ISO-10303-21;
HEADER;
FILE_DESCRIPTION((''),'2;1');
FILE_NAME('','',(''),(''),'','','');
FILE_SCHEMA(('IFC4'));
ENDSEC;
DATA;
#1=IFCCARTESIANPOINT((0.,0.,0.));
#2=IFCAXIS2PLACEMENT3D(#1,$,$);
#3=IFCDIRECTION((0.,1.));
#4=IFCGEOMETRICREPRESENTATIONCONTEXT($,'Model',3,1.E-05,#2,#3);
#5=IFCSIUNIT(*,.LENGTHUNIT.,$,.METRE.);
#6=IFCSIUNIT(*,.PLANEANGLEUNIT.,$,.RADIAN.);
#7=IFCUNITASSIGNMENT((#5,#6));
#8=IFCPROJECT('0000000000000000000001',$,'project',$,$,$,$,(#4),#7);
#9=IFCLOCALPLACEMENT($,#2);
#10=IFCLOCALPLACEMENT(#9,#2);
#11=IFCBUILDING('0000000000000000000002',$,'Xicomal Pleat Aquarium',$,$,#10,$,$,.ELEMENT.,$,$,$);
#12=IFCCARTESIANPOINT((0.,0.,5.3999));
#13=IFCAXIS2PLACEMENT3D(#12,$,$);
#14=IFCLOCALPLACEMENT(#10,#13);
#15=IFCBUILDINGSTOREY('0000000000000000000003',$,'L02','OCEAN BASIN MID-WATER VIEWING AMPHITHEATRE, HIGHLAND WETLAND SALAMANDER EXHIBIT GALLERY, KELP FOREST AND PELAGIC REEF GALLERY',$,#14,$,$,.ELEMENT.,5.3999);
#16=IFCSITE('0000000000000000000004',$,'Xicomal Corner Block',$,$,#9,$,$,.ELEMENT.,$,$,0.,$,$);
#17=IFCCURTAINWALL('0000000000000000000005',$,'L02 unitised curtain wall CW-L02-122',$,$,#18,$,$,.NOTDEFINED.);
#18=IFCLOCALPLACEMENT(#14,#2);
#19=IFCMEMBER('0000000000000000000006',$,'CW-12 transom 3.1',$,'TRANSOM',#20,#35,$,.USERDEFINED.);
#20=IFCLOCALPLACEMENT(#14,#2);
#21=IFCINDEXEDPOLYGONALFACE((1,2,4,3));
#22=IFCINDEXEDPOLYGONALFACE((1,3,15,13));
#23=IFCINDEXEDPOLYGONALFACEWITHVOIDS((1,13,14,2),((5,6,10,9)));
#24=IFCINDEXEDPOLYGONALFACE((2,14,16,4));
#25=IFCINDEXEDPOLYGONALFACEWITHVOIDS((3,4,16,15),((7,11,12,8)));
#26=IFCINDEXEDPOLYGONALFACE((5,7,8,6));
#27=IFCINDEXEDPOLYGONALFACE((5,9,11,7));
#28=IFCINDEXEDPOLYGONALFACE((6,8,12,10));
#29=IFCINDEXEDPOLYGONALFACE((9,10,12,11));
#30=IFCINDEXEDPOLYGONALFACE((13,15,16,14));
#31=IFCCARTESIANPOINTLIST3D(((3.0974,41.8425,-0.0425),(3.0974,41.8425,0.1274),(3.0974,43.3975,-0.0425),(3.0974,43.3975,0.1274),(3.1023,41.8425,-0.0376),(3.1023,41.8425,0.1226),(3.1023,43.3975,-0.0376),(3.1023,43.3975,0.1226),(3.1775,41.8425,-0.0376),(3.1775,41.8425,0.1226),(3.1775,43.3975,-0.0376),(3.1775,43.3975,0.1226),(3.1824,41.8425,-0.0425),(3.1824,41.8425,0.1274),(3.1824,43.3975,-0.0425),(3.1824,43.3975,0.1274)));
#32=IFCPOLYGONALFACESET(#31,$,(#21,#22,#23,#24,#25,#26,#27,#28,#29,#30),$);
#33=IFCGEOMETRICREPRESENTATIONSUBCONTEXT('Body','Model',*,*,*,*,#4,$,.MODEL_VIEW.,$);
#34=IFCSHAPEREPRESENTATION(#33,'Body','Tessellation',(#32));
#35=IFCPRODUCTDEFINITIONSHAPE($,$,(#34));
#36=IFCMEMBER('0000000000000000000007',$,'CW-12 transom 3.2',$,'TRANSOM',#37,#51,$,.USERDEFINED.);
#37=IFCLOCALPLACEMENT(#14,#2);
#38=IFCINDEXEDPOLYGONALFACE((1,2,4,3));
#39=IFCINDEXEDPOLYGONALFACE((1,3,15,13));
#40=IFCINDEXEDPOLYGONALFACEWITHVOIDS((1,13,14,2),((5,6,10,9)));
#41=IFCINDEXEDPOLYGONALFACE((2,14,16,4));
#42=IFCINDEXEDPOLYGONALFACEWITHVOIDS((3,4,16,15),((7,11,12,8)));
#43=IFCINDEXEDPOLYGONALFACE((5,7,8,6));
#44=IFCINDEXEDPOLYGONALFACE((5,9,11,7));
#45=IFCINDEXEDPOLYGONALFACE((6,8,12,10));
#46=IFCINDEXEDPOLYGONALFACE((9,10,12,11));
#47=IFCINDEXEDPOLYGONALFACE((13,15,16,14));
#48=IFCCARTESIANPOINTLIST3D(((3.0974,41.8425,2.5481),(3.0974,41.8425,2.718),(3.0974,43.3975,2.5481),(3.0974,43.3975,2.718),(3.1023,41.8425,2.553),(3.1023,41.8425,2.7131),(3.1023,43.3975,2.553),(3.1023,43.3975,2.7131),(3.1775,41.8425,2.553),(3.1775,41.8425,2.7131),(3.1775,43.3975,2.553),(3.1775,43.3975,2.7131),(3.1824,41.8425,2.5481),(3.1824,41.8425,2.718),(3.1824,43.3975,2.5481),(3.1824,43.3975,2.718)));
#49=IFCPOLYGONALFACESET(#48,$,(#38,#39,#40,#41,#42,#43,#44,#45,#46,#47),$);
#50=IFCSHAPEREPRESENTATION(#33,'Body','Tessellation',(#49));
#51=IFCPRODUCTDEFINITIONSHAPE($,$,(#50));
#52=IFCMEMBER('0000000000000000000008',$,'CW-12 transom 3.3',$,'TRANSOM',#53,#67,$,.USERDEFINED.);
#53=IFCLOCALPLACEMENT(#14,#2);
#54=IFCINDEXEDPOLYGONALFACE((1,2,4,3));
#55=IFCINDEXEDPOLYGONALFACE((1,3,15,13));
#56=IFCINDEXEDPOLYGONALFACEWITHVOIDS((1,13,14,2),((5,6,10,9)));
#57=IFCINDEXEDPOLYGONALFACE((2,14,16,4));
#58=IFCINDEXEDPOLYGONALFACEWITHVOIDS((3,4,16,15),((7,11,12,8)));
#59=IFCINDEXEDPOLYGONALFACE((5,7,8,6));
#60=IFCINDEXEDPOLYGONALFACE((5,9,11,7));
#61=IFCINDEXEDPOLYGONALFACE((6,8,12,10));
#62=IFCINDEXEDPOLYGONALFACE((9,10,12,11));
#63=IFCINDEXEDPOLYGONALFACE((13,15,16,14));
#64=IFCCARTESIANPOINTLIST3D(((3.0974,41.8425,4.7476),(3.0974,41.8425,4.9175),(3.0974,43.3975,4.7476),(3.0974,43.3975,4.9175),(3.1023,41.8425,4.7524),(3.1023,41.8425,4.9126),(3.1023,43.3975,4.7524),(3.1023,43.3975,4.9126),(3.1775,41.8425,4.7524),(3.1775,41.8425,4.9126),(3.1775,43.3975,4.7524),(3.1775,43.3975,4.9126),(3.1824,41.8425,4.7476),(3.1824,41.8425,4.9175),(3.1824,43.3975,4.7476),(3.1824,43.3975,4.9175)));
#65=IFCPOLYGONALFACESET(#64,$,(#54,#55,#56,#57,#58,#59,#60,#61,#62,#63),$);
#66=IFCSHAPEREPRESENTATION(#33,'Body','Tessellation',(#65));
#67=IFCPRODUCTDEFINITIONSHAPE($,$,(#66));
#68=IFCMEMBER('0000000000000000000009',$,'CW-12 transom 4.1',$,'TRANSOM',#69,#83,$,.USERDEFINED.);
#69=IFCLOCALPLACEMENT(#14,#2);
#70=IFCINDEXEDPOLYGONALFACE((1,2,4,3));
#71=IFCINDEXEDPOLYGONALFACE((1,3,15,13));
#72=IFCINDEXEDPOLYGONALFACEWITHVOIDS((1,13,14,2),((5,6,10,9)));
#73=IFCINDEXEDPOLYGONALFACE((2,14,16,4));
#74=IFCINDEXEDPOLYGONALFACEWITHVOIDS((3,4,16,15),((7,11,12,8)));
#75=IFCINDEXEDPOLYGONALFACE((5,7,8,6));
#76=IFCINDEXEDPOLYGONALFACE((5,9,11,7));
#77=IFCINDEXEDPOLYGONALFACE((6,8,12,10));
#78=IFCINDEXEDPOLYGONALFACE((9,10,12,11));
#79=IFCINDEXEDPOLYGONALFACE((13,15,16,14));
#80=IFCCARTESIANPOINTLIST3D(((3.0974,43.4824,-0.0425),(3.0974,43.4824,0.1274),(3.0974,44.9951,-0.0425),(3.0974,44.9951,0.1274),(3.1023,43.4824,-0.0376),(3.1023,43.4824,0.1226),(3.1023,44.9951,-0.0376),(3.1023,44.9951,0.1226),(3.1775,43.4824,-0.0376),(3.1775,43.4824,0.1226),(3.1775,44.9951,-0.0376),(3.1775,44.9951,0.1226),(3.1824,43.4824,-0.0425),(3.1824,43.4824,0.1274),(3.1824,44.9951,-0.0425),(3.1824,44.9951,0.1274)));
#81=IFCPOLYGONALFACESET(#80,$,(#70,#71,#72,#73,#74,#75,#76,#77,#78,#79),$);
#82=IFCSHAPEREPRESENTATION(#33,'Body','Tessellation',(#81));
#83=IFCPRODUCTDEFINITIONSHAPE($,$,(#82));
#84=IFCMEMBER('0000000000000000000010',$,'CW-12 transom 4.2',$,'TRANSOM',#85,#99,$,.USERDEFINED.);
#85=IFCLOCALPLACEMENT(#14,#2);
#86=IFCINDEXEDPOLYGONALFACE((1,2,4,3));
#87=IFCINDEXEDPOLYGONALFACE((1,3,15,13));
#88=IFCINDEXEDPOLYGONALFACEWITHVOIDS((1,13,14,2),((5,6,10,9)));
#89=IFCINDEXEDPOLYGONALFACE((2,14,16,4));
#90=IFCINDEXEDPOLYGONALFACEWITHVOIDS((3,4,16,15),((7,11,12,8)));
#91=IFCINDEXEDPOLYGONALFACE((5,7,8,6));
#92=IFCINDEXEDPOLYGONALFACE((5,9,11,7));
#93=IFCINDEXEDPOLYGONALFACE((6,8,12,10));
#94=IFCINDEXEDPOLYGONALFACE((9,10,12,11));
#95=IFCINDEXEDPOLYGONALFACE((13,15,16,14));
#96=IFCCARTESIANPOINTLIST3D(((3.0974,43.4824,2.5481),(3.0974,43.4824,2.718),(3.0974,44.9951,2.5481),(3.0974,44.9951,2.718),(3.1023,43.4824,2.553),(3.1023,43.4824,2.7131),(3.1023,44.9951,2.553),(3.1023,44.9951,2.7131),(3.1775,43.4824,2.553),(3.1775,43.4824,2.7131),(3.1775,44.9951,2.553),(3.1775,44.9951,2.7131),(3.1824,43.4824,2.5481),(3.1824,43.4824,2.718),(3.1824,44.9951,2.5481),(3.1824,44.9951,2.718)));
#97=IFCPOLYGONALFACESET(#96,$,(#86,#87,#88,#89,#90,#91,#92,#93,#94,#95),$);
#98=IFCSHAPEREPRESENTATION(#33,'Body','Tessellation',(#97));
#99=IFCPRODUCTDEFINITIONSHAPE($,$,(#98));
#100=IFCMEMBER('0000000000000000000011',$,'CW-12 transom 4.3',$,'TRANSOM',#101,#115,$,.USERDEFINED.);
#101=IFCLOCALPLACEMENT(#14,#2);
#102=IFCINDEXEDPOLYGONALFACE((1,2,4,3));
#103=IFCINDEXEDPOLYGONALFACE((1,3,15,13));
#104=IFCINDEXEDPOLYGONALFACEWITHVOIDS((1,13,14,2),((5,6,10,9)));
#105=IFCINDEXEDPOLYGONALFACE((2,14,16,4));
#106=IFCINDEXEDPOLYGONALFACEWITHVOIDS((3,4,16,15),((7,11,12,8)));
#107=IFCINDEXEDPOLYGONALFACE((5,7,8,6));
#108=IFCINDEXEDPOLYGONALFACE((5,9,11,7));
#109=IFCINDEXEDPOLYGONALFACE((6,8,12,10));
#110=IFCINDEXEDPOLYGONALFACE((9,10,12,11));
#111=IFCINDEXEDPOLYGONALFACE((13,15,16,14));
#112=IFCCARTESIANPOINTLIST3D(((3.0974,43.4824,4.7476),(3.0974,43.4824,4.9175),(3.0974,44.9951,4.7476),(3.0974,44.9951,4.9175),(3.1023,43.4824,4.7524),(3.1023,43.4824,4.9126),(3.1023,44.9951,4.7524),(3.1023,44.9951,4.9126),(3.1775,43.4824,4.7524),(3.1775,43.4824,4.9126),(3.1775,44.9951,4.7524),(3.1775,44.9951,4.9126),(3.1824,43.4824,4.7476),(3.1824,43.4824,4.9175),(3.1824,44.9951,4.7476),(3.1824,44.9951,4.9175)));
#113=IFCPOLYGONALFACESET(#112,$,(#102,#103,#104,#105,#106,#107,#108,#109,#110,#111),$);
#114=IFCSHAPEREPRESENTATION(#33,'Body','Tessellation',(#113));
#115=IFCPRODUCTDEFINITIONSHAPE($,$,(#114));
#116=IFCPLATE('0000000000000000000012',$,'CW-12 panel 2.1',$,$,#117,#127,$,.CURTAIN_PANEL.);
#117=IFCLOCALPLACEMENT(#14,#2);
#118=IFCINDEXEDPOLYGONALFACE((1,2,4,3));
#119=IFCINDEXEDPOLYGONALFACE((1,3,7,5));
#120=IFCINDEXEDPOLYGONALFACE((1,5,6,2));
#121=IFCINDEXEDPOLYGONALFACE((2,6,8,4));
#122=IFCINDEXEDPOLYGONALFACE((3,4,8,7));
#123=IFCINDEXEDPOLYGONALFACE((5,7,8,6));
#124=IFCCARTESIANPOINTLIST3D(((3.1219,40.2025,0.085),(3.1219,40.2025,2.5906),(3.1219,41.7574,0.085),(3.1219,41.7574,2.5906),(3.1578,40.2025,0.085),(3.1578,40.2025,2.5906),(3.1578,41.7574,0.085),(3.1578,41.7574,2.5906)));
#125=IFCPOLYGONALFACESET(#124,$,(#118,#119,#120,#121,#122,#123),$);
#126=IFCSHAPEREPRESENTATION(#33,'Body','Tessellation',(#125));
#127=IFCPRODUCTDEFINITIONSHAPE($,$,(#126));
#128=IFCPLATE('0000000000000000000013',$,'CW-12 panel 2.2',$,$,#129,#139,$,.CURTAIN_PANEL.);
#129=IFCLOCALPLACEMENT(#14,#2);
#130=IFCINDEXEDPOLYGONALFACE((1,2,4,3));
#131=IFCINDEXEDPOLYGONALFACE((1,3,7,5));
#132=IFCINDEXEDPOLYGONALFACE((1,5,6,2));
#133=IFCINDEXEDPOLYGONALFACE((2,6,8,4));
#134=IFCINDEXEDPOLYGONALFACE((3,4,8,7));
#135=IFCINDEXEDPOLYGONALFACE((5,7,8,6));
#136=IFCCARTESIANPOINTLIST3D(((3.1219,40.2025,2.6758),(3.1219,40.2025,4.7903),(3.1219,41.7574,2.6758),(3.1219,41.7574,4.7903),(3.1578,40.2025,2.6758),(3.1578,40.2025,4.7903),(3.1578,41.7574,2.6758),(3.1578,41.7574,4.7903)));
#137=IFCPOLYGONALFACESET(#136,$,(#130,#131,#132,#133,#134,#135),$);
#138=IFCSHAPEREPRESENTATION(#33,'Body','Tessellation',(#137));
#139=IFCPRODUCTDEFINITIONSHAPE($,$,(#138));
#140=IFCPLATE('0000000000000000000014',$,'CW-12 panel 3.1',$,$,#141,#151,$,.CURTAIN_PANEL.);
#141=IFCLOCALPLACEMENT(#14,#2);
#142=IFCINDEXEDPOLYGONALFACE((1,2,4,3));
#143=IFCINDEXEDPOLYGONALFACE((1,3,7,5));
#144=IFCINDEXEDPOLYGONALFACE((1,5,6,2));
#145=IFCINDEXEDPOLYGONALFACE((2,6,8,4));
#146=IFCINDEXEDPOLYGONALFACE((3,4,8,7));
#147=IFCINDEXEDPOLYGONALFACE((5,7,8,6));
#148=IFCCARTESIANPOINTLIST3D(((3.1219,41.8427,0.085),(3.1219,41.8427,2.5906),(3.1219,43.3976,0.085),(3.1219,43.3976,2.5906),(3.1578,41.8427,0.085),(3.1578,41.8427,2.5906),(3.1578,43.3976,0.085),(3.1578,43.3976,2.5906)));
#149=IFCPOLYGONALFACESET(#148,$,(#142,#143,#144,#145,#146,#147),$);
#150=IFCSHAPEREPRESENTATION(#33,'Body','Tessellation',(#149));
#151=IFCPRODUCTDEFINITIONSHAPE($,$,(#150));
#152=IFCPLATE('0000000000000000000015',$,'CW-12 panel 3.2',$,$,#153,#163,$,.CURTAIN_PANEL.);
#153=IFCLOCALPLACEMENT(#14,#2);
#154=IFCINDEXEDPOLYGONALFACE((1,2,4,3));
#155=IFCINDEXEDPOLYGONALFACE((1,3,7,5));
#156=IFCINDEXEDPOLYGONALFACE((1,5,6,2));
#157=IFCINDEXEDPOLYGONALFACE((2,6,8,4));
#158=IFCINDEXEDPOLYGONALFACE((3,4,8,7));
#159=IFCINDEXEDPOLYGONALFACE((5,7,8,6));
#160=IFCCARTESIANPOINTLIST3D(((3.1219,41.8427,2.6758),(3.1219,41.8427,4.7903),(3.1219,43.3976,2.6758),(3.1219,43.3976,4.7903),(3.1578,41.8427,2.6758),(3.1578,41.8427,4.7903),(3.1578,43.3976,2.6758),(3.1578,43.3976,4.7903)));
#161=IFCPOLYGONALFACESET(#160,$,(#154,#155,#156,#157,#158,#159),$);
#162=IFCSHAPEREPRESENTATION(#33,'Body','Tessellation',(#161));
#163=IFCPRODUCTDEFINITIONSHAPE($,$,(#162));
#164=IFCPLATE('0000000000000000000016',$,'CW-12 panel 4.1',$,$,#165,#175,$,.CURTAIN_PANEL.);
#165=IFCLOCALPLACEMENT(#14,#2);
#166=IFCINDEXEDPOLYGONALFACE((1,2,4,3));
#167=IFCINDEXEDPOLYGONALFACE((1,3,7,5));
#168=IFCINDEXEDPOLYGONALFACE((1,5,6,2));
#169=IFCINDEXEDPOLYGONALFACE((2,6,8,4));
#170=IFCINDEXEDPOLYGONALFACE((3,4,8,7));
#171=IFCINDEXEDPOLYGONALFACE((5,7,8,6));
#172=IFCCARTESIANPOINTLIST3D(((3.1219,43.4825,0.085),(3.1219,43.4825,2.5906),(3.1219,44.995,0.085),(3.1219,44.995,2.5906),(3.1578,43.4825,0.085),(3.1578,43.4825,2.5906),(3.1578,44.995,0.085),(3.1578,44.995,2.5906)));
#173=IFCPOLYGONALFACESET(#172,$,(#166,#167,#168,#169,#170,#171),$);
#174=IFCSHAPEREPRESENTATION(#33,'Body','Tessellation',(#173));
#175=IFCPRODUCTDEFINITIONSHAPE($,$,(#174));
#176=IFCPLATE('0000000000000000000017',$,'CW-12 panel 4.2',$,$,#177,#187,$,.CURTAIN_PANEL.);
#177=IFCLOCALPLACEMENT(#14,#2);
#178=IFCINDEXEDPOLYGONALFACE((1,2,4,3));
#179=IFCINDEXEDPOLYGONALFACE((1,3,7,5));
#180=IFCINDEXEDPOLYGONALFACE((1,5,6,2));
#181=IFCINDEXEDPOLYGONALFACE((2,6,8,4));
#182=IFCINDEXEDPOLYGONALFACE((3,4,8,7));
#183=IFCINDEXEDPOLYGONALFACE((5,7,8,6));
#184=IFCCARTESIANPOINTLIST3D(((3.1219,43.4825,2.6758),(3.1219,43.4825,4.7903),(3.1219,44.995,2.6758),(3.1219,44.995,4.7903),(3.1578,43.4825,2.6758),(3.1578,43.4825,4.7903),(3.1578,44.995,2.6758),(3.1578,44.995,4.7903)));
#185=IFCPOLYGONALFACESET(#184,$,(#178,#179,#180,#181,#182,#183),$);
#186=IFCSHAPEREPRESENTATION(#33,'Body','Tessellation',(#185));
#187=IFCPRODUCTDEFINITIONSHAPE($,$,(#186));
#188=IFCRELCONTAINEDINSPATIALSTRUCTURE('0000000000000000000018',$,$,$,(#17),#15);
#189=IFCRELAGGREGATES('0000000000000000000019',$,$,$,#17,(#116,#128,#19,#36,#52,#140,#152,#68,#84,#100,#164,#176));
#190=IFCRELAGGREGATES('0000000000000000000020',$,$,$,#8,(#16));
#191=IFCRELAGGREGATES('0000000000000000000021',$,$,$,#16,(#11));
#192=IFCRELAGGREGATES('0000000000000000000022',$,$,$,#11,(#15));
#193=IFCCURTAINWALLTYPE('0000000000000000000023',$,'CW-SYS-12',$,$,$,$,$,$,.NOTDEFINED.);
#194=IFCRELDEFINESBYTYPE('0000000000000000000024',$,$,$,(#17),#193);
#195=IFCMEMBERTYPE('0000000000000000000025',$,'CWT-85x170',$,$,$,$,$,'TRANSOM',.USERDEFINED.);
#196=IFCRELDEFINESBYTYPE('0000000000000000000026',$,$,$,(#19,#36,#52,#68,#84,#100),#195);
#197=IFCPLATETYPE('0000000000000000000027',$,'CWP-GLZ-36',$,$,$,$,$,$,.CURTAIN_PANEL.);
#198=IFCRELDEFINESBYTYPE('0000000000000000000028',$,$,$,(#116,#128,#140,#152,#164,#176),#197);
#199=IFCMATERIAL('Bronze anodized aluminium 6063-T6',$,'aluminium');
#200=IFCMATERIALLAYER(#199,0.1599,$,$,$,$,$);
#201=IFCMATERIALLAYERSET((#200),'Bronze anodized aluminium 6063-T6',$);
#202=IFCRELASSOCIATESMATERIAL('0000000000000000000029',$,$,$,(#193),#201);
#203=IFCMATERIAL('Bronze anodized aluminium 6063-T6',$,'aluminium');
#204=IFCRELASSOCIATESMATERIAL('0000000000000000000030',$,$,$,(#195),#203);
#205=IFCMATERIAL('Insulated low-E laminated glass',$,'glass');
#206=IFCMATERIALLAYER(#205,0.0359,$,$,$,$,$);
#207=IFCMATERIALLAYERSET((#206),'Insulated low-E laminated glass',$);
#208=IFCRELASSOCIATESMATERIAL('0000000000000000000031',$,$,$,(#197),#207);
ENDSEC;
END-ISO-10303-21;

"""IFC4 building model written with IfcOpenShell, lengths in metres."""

from ifc_helpers import new_model, si_unit, direction, frame, origin, origin_2d, place, context, subcontext, project, spatial, rectangle, hollow_rectangle, extrude, material, layer, layer_set, material_profile, profile_set, type_object, element, aggregate, save


model = new_model("IFC4")

# Units and contexts
model_context = context("Model", 3, precision=1e-05, world=origin(), true_north=direction((0.0, 1.0)))
body_context = subcontext(model_context, "Body", "Model", "MODEL_VIEW")
ifc_project = project(units=[si_unit("LENGTHUNIT", "METRE"), si_unit("PLANEANGLEUNIT", "RADIAN")], contexts=[model_context])

# Site, building, storey
site_placement = place(None, origin())
site = spatial("IfcSite", under=ifc_project, at=site_placement, Name="Xicomal Corner Block", CompositionType="ELEMENT", RefElevation=0.0)
building_placement = place(site_placement, origin())
building = spatial("IfcBuilding", under=site, at=building_placement, Name="Xicomal Pleat Aquarium", CompositionType="ELEMENT")
storey_placement = place(building_placement, frame((0.0, 0.0, 5.3999)))
storey = spatial("IfcBuildingStorey", under=building, at=storey_placement, Name="L02", Description="OCEAN BASIN MID-WATER VIEWING AMPHITHEATRE, HIGHLAND WETLAND SALAMANDER EXHIBIT GALLERY, KELP FOREST AND PELAGIC REEF GALLERY", CompositionType="ELEMENT", Elevation=5.3999)

# Curtain wall, members, plates
ifc_material_1 = material(Name="Bronze anodized aluminium 6063-T6", Category="aluminium")
ifc_layer_1 = layer(ifc_material_1, 0.1599)
ifc_layer_set_1 = layer_set([ifc_layer_1], Name="Bronze anodized aluminium 6063-T6")
curtain_wall_type = type_object("IfcCurtainWallType", Name="CW-SYS-12", PredefinedType="NOTDEFINED", material=ifc_layer_set_1)
curtain_wall_placement = place(storey_placement, origin())
curtain_wall = element("IfcCurtainWall", 1, at=curtain_wall_placement, inside=storey, type_object=curtain_wall_type, Name="L02 unitised curtain wall CW-L02-122", PredefinedType="NOTDEFINED")
ifc_material_2 = material(Name="Bronze anodized aluminium 6063-T6", Category="aluminium")
ifc_material_profile_1 = material_profile(ifc_material_2, hollow_rectangle(XDim=0.085, YDim=0.1699, WallThickness=0.0049, at=origin_2d()), Name="ALU TRAN 85x170")
ifc_profile_set_1 = profile_set([ifc_material_profile_1], Name="Bronze anodized aluminium 6063-T6")
member_type_1 = type_object("IfcMemberType", Name="CWT-85x170", ElementType="TRANSOM", PredefinedType="USERDEFINED", material=ifc_profile_set_1)
member_1_placement = place(storey_placement, frame((3.1399, 41.8425, 0.0425), z_axis=(0.0, 1.0, 0.0), x_axis=(-1.0, 0.0, 0.0)))
member_1 = element("IfcMember", 2, at=member_1_placement, type_object=member_type_1, Name="CW-12 transom 3.1", ObjectType="TRANSOM", PredefinedType="USERDEFINED", context=body_context, shape_type="SweptSolid", body=[
    extrude(hollow_rectangle(XDim=0.085, YDim=0.1699, WallThickness=0.0049, at=origin_2d()), origin(), (0.0, 0.0, 1.0), 1.5549),
])
member_2_placement = place(storey_placement, frame((3.1399, 41.8425, 2.6331), z_axis=(0.0, 1.0, 0.0), x_axis=(-1.0, 0.0, 0.0)))
member_2 = element("IfcMember", 3, at=member_2_placement, type_object=member_type_1, Name="CW-12 transom 3.2", ObjectType="TRANSOM", PredefinedType="USERDEFINED", context=body_context, shape_type="SweptSolid", body=[
    extrude(hollow_rectangle(XDim=0.085, YDim=0.1699, WallThickness=0.0049, at=origin_2d()), origin(), (0.0, 0.0, 1.0), 1.5549),
])
member_3_placement = place(storey_placement, frame((3.1399, 41.8425, 4.8325), z_axis=(0.0, 1.0, 0.0), x_axis=(-1.0, 0.0, 0.0)))
member_3 = element("IfcMember", 4, at=member_3_placement, type_object=member_type_1, Name="CW-12 transom 3.3", ObjectType="TRANSOM", PredefinedType="USERDEFINED", context=body_context, shape_type="SweptSolid", body=[
    extrude(hollow_rectangle(XDim=0.085, YDim=0.1699, WallThickness=0.0049, at=origin_2d()), origin(), (0.0, 0.0, 1.0), 1.5549),
])
member_4_placement = place(storey_placement, frame((3.1399, 43.4824, 0.0425), z_axis=(0.0, 1.0, 0.0), x_axis=(-1.0, 0.0, 0.0)))
member_4 = element("IfcMember", 5, at=member_4_placement, type_object=member_type_1, Name="CW-12 transom 4.1", ObjectType="TRANSOM", PredefinedType="USERDEFINED", context=body_context, shape_type="SweptSolid", body=[
    extrude(hollow_rectangle(XDim=0.085, YDim=0.1699, WallThickness=0.0049, at=origin_2d()), origin(), (0.0, 0.0, 1.0), 1.5127),
])
member_5_placement = place(storey_placement, frame((3.1399, 43.4824, 2.6331), z_axis=(0.0, 1.0, 0.0), x_axis=(-1.0, 0.0, 0.0)))
member_5 = element("IfcMember", 6, at=member_5_placement, type_object=member_type_1, Name="CW-12 transom 4.2", ObjectType="TRANSOM", PredefinedType="USERDEFINED", context=body_context, shape_type="SweptSolid", body=[
    extrude(hollow_rectangle(XDim=0.085, YDim=0.1699, WallThickness=0.0049, at=origin_2d()), origin(), (0.0, 0.0, 1.0), 1.5127),
])
member_6_placement = place(storey_placement, frame((3.1399, 43.4824, 4.8325), z_axis=(0.0, 1.0, 0.0), x_axis=(-1.0, 0.0, 0.0)))
member_6 = element("IfcMember", 7, at=member_6_placement, type_object=member_type_1, Name="CW-12 transom 4.3", ObjectType="TRANSOM", PredefinedType="USERDEFINED", context=body_context, shape_type="SweptSolid", body=[
    extrude(hollow_rectangle(XDim=0.085, YDim=0.1699, WallThickness=0.0049, at=origin_2d()), origin(), (0.0, 0.0, 1.0), 1.5127),
])
ifc_material_3 = material(Name="Insulated low-E laminated glass", Category="glass")
ifc_layer_2 = layer(ifc_material_3, 0.0359)
ifc_layer_set_2 = layer_set([ifc_layer_2], Name="Insulated low-E laminated glass")
plate_type = type_object("IfcPlateType", Name="CWP-GLZ-36", PredefinedType="CURTAIN_PANEL", material=ifc_layer_set_2)
plate_1_placement = place(storey_placement, frame((3.1399, 40.98, 0.085), z_axis=(0.0, 0.0, 1.0), x_axis=(0.0, 1.0, 0.0)))
plate_1 = element("IfcPlate", 8, at=plate_1_placement, type_object=plate_type, Name="CW-12 panel 2.1", PredefinedType="CURTAIN_PANEL", context=body_context, shape_type="SweptSolid", body=[
    extrude(rectangle(XDim=1.5549, YDim=0.0359, at=origin_2d()), origin(), (0.0, 0.0, 1.0), 2.5056),
])
plate_2_placement = place(storey_placement, frame((3.1399, 40.98, 2.6758), z_axis=(0.0, 0.0, 1.0), x_axis=(0.0, 1.0, 0.0)))
plate_2 = element("IfcPlate", 9, at=plate_2_placement, type_object=plate_type, Name="CW-12 panel 2.2", PredefinedType="CURTAIN_PANEL", context=body_context, shape_type="SweptSolid", body=[
    extrude(rectangle(XDim=1.5549, YDim=0.0359, at=origin_2d()), origin(), (0.0, 0.0, 1.0), 2.1145),
])
plate_3_placement = place(storey_placement, frame((3.1399, 42.6201, 0.085), z_axis=(0.0, 0.0, 1.0), x_axis=(0.0, 1.0, 0.0)))
plate_3 = element("IfcPlate", 10, at=plate_3_placement, type_object=plate_type, Name="CW-12 panel 3.1", PredefinedType="CURTAIN_PANEL", context=body_context, shape_type="SweptSolid", body=[
    extrude(rectangle(XDim=1.5549, YDim=0.0359, at=origin_2d()), origin(), (0.0, 0.0, 1.0), 2.5056),
])
plate_4_placement = place(storey_placement, frame((3.1399, 42.6201, 2.6758), z_axis=(0.0, 0.0, 1.0), x_axis=(0.0, 1.0, 0.0)))
plate_4 = element("IfcPlate", 11, at=plate_4_placement, type_object=plate_type, Name="CW-12 panel 3.2", PredefinedType="CURTAIN_PANEL", context=body_context, shape_type="SweptSolid", body=[
    extrude(rectangle(XDim=1.5549, YDim=0.0359, at=origin_2d()), origin(), (0.0, 0.0, 1.0), 2.1145),
])
plate_5_placement = place(storey_placement, frame((3.1399, 44.2388, 0.085), z_axis=(0.0, 0.0, 1.0), x_axis=(0.0, 1.0, 0.0)))
plate_5 = element("IfcPlate", 12, at=plate_5_placement, type_object=plate_type, Name="CW-12 panel 4.1", PredefinedType="CURTAIN_PANEL", context=body_context, shape_type="SweptSolid", body=[
    extrude(rectangle(XDim=1.5125, YDim=0.0359, at=origin_2d()), origin(), (0.0, 0.0, 1.0), 2.5056),
])
plate_6_placement = place(storey_placement, frame((3.1399, 44.2388, 2.6758), z_axis=(0.0, 0.0, 1.0), x_axis=(0.0, 1.0, 0.0)))
plate_6 = element("IfcPlate", 13, at=plate_6_placement, type_object=plate_type, Name="CW-12 panel 4.2", PredefinedType="CURTAIN_PANEL", context=body_context, shape_type="SweptSolid", body=[
    extrude(rectangle(XDim=1.5125, YDim=0.0359, at=origin_2d()), origin(), (0.0, 0.0, 1.0), 2.1145),
])
aggregate(curtain_wall, [plate_1, plate_2, member_1, member_2, member_3, plate_3, plate_4, member_4, member_5, member_6, plate_5, plate_6])

save(model, "model.ifc")
